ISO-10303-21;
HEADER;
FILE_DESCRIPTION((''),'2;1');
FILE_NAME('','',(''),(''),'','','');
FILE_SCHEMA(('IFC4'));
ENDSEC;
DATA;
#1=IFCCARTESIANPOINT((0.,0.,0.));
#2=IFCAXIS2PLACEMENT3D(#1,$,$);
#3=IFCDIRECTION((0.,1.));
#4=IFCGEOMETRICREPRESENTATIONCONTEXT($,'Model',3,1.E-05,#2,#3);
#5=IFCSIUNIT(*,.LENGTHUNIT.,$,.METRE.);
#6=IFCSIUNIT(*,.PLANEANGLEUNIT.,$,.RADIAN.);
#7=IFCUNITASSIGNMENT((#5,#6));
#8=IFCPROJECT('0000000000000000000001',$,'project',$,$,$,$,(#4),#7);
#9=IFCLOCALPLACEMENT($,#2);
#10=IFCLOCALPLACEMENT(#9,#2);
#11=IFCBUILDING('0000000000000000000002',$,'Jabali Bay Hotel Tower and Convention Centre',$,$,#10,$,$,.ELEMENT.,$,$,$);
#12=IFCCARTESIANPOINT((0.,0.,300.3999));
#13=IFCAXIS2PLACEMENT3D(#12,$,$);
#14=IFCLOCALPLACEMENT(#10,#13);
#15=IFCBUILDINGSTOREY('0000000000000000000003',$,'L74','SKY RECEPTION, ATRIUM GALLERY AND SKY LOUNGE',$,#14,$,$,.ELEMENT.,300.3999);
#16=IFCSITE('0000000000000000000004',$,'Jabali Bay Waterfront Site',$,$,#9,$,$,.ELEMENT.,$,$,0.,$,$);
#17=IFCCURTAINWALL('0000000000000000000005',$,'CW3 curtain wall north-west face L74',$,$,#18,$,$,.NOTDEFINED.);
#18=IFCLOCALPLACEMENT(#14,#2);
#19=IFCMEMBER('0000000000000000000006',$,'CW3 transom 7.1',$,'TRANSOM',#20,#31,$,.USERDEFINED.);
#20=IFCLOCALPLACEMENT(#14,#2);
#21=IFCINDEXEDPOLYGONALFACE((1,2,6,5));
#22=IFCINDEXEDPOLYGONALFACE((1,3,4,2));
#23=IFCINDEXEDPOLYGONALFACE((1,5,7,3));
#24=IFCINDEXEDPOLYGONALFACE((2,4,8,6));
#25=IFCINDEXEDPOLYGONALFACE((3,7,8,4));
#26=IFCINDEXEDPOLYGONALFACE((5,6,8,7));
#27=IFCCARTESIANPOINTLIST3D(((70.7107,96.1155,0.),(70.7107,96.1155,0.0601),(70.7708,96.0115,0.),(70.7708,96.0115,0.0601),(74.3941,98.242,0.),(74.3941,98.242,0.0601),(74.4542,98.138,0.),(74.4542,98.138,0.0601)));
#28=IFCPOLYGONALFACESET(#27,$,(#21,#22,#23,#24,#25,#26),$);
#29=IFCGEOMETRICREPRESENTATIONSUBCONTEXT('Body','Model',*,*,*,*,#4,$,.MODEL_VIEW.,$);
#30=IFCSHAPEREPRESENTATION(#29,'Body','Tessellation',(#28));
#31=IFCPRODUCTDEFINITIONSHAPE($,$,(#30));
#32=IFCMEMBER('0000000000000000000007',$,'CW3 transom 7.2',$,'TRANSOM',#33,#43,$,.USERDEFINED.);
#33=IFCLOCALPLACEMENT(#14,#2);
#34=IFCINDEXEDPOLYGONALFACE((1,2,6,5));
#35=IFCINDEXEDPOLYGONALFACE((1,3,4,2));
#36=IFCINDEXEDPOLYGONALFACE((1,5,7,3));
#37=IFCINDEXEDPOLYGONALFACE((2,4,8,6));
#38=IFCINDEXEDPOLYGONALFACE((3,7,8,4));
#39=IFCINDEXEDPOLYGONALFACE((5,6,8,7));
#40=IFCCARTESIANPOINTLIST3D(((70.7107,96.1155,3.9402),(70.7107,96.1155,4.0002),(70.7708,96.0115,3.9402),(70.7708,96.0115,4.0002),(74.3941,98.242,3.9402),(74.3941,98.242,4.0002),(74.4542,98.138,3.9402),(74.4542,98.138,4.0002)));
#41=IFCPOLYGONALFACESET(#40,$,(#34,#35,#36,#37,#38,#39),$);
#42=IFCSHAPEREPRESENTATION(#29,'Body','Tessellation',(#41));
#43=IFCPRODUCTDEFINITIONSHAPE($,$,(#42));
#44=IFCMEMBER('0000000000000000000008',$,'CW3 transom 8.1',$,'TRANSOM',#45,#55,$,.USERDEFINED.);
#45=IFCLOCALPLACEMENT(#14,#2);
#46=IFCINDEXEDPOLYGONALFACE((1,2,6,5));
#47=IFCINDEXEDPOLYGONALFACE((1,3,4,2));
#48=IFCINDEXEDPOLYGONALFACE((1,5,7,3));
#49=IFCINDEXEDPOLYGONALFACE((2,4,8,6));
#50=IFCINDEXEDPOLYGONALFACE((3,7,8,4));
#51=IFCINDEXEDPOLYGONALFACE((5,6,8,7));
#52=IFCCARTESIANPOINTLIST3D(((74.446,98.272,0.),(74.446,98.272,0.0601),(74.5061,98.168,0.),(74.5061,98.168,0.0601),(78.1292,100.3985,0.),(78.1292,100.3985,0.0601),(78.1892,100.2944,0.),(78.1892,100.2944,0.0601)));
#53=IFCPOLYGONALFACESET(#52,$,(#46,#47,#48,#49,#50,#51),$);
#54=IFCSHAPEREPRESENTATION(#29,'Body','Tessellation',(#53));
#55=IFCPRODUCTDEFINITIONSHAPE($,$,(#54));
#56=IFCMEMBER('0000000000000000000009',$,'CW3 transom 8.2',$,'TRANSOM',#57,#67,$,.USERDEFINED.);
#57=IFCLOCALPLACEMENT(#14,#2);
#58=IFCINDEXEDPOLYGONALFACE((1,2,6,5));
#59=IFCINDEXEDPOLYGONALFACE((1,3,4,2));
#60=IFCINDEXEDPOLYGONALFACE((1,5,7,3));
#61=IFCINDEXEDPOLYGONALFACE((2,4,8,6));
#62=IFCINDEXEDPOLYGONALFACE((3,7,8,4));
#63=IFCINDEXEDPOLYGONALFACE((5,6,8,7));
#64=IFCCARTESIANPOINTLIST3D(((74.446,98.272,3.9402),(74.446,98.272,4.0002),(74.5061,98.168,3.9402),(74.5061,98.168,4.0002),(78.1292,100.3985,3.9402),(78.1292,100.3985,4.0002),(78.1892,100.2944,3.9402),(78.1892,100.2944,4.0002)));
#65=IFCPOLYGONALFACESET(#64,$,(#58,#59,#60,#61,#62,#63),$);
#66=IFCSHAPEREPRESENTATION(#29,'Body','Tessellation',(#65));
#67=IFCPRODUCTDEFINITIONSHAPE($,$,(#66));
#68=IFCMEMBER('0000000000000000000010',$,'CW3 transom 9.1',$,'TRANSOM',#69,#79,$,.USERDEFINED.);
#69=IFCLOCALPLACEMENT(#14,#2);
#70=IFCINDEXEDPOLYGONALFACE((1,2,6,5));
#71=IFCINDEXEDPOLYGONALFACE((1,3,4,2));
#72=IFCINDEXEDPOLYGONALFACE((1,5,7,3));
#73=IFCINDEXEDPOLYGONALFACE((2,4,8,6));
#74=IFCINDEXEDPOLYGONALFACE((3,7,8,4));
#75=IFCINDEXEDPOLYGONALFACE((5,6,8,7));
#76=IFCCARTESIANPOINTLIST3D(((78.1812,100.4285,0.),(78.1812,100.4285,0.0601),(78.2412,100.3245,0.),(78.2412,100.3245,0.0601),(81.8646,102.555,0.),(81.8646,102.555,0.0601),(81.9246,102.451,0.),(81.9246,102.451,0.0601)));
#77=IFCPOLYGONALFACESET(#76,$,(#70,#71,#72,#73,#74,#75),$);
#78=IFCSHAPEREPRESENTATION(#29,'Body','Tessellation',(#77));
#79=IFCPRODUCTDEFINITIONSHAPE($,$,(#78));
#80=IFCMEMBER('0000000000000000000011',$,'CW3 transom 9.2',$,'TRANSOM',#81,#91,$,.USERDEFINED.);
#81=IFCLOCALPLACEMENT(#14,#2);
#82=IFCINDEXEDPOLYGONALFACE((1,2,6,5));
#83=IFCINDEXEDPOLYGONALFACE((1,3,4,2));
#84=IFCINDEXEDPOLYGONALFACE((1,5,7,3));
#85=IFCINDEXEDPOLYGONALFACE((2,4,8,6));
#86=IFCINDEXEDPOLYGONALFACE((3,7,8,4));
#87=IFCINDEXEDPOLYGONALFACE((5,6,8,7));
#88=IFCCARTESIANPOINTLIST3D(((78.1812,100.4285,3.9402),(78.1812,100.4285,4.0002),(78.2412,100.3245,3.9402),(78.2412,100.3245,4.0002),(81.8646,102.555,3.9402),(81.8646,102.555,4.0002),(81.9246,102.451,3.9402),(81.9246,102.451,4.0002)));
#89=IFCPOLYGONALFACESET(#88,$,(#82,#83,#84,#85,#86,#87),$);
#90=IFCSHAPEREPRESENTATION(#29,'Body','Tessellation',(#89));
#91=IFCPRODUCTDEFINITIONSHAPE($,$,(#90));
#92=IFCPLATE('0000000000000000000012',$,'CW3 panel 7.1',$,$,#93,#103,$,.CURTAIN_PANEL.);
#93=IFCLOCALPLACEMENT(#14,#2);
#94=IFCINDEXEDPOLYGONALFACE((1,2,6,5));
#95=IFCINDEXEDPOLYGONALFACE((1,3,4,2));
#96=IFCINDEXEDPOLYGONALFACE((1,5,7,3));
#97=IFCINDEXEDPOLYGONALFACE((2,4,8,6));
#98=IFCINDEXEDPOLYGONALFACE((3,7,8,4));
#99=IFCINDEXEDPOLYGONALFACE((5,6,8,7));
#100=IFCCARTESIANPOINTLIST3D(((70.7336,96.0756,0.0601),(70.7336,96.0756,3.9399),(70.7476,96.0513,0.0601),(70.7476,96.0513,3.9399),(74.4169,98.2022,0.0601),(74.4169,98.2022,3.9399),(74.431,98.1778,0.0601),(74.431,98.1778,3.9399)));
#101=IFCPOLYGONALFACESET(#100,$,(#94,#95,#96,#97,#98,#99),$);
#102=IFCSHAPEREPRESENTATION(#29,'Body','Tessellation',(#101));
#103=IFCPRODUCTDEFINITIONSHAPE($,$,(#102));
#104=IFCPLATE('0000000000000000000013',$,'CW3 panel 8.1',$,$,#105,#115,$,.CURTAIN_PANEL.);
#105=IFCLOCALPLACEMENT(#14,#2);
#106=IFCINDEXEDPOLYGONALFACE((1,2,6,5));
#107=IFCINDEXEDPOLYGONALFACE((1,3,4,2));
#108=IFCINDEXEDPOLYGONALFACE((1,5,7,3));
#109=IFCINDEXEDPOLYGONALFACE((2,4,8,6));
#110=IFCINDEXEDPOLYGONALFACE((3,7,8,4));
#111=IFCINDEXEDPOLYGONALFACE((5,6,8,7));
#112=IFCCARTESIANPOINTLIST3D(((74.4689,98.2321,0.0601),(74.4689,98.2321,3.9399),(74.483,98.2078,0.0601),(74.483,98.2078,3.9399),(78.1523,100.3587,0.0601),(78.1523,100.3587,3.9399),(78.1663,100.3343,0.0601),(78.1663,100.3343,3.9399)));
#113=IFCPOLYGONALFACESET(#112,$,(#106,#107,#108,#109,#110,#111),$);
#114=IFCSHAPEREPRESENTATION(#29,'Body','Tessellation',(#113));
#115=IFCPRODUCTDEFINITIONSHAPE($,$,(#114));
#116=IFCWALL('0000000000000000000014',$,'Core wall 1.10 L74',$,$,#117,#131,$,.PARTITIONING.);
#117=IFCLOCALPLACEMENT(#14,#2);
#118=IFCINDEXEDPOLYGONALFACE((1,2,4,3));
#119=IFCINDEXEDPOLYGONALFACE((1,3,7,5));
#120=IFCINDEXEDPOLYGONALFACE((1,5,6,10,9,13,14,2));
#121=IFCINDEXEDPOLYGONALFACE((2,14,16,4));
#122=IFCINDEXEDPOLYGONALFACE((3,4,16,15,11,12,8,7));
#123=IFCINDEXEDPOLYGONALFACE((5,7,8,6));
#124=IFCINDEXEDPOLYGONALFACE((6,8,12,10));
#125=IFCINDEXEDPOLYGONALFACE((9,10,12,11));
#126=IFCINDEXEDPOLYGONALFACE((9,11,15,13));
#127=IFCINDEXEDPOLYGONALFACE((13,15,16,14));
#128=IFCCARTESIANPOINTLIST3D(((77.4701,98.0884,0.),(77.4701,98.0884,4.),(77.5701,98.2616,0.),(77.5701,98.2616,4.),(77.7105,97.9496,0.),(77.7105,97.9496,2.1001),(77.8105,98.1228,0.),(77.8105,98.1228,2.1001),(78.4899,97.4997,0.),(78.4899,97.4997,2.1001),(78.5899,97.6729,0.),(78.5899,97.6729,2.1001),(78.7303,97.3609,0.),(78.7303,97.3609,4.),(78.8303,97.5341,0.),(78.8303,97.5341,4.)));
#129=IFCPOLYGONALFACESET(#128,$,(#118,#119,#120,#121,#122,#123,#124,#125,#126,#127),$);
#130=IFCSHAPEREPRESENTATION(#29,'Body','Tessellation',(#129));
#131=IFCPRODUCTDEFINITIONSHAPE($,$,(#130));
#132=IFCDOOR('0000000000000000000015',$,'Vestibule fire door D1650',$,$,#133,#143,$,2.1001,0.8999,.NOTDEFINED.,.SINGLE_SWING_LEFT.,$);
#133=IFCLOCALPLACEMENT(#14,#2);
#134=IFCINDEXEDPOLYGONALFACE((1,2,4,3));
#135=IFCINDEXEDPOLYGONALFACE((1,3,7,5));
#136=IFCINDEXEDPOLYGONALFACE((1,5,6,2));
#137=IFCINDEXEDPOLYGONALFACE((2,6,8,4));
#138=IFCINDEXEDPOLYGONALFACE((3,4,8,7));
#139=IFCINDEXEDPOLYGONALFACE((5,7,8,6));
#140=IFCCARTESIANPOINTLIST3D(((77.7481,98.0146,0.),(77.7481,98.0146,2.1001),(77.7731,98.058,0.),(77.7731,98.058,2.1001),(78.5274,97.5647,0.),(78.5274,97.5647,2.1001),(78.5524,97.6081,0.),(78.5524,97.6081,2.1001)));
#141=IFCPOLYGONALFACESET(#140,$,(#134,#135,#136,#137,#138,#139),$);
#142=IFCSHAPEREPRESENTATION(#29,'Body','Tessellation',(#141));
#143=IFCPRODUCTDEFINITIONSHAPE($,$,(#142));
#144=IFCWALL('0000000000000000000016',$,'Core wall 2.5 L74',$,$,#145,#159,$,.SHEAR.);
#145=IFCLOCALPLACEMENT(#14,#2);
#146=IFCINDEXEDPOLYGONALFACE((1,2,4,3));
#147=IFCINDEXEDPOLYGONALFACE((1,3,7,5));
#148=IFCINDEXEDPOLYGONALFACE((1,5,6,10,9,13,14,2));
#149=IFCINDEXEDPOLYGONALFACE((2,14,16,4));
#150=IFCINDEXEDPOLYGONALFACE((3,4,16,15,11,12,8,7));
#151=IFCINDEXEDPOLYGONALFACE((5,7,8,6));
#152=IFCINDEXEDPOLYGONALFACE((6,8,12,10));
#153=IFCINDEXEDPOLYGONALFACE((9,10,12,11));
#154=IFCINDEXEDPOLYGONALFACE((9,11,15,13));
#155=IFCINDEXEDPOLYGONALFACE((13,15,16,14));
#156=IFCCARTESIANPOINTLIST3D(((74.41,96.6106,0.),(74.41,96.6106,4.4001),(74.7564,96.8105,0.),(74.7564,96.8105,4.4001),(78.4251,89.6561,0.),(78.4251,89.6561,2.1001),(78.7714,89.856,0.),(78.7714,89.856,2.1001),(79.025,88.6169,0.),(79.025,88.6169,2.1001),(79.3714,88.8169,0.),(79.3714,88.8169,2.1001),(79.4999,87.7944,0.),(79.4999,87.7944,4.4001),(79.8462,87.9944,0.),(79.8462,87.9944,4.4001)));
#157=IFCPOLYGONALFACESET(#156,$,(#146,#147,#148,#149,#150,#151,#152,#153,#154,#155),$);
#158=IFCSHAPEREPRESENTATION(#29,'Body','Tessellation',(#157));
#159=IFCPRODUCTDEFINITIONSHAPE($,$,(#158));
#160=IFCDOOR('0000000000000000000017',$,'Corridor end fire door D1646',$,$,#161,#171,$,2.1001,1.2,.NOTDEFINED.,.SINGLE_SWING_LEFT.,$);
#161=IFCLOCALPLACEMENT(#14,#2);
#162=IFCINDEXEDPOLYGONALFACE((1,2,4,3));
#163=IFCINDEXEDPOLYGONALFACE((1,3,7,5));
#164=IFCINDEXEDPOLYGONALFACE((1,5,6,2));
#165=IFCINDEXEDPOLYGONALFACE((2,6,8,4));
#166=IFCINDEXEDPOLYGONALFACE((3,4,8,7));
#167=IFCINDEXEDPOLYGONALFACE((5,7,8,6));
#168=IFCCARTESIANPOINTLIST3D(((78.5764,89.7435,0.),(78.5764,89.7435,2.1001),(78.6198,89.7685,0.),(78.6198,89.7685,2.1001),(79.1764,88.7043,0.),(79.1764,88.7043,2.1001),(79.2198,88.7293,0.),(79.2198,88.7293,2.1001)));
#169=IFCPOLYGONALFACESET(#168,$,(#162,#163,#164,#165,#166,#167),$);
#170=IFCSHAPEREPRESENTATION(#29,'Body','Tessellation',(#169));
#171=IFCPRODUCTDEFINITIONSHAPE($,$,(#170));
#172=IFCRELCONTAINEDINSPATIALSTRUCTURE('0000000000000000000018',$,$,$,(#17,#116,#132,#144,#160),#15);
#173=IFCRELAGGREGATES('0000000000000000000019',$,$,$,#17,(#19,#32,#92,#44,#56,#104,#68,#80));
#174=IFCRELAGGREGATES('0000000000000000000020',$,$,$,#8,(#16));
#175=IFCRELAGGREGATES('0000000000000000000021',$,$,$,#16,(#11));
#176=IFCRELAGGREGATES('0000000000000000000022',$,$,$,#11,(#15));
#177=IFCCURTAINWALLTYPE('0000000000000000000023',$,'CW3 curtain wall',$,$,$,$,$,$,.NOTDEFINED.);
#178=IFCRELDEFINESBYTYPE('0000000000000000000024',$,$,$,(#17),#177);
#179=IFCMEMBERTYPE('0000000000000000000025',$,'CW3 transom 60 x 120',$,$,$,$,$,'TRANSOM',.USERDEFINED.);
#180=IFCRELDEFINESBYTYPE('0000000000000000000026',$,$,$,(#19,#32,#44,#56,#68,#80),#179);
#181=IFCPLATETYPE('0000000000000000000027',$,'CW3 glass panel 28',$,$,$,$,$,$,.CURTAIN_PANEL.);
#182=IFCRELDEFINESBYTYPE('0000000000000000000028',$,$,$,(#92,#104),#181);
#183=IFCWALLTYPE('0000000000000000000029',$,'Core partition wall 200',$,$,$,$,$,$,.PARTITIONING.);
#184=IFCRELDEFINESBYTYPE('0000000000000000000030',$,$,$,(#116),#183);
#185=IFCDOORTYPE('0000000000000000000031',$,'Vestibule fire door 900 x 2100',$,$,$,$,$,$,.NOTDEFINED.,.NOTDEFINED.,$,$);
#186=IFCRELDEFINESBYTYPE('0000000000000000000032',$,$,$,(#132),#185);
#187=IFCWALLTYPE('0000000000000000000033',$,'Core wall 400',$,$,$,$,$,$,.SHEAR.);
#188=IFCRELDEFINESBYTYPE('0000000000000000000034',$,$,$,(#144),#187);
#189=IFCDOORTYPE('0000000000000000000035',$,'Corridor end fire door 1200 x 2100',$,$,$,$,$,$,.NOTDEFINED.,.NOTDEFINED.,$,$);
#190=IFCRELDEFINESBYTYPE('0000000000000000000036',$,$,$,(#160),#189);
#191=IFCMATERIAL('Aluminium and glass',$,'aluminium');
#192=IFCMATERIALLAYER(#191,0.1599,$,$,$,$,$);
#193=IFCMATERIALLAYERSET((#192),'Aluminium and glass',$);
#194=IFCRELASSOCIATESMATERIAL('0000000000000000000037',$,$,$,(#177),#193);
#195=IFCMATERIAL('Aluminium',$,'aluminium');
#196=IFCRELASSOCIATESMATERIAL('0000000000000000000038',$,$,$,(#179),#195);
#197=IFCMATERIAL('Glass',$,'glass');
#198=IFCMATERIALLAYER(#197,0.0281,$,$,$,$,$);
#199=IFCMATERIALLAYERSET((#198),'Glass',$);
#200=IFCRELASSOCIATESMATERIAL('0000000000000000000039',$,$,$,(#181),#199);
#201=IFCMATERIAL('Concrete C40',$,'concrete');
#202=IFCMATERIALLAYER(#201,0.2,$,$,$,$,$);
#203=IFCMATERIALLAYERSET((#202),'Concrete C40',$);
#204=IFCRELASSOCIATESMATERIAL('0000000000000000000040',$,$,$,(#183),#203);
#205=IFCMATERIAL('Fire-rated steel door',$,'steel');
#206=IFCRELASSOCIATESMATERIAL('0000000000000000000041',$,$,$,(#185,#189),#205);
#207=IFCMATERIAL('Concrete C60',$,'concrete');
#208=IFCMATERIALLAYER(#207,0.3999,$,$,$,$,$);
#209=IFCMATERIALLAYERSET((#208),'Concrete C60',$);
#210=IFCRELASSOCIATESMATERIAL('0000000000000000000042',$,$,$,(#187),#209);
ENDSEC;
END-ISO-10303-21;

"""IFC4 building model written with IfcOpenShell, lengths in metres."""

from ifc_helpers import new_model, si_unit, direction, frame, frame_2d, origin, origin_2d, place, context, subcontext, project, spatial, rectangle, extrude, material, layer, layer_set, material_profile, profile_set, type_object, element, fill, aggregate, save


model = new_model("IFC4")

# Units and contexts
model_context = context("Model", 3, precision=1e-05, world=origin(), true_north=direction((0.0, 1.0)))
body_context = subcontext(model_context, "Body", "Model", "MODEL_VIEW")
ifc_project = project(units=[si_unit("LENGTHUNIT", "METRE"), si_unit("PLANEANGLEUNIT", "RADIAN")], contexts=[model_context])

# Site, building, storey
site_placement = place(None, origin())
site = spatial("IfcSite", under=ifc_project, at=site_placement, Name="Jabali Bay Waterfront Site", CompositionType="ELEMENT", RefElevation=0.0)
building_placement = place(site_placement, origin())
building = spatial("IfcBuilding", under=site, at=building_placement, Name="Jabali Bay Hotel Tower and Convention Centre", CompositionType="ELEMENT")
storey_placement = place(building_placement, frame((0.0, 0.0, 300.3999)))
storey = spatial("IfcBuildingStorey", under=building, at=storey_placement, Name="L74", Description="SKY RECEPTION, ATRIUM GALLERY AND SKY LOUNGE", CompositionType="ELEMENT", Elevation=300.3999)

# Shared definitions
ifc_material_1 = material(Name="Concrete C60", Category="concrete")

# Curtain wall, members, plates
ifc_material_2 = material(Name="Aluminium and glass", Category="aluminium")
ifc_layer_1 = layer(ifc_material_2, 0.1599)
ifc_layer_set_1 = layer_set([ifc_layer_1], Name="Aluminium and glass")
curtain_wall_type = type_object("IfcCurtainWallType", Name="CW3 curtain wall", PredefinedType="NOTDEFINED", material=ifc_layer_set_1)
curtain_wall_placement = place(storey_placement, origin())
curtain_wall = element("IfcCurtainWall", 1, at=curtain_wall_placement, inside=storey, type_object=curtain_wall_type, Name="CW3 curtain wall north-west face L74", PredefinedType="NOTDEFINED")
ifc_material_3 = material(Name="Aluminium", Category="aluminium")
ifc_material_profile_1 = material_profile(ifc_material_3, rectangle(XDim=0.1201, YDim=0.0601, at=origin_2d()), Name="CW3 transom 60 x 120")
ifc_profile_set_1 = profile_set([ifc_material_profile_1], Name="Aluminium")
member_type_1 = type_object("IfcMemberType", Name="CW3 transom 60 x 120", ElementType="TRANSOM", PredefinedType="USERDEFINED", material=ifc_profile_set_1)
member_1_placement = place(storey_placement, frame((70.7407, 96.0635, 0.03), z_axis=(0.866037, 0.499979, 0.0), x_axis=(-0.499979, 0.866037, 0.0)))
member_1 = element("IfcMember", 2, at=member_1_placement, type_object=member_type_1, Name="CW3 transom 7.1", ObjectType="TRANSOM", PredefinedType="USERDEFINED", context=body_context, shape_type="SweptSolid", body=[
    extrude(rectangle(XDim=0.1201, YDim=0.0601, at=origin_2d()), origin(), (0.0, 0.0, 1.0), 4.2532),
])
member_2_placement = place(storey_placement, frame((70.7407, 96.0635, 3.9702), z_axis=(0.866037, 0.499979, 0.0), x_axis=(-0.499979, 0.866037, 0.0)))
member_2 = element("IfcMember", 3, at=member_2_placement, type_object=member_type_1, Name="CW3 transom 7.2", ObjectType="TRANSOM", PredefinedType="USERDEFINED", context=body_context, shape_type="SweptSolid", body=[
    extrude(rectangle(XDim=0.1201, YDim=0.0601, at=origin_2d()), origin(), (0.0, 0.0, 1.0), 4.2532),
])
member_3_placement = place(storey_placement, frame((74.4761, 98.22, 0.03), z_axis=(0.866023, 0.500004, 0.0), x_axis=(-0.500004, 0.866023, 0.0)))
member_3 = element("IfcMember", 4, at=member_3_placement, type_object=member_type_1, Name="CW3 transom 8.1", ObjectType="TRANSOM", PredefinedType="USERDEFINED", context=body_context, shape_type="SweptSolid", body=[
    extrude(rectangle(XDim=0.1201, YDim=0.0601, at=origin_2d()), origin(), (0.0, 0.0, 1.0), 4.2529),
])
member_4_placement = place(storey_placement, frame((74.4761, 98.22, 3.9702), z_axis=(0.866023, 0.500004, 0.0), x_axis=(-0.500004, 0.866023, 0.0)))
member_4 = element("IfcMember", 5, at=member_4_placement, type_object=member_type_1, Name="CW3 transom 8.2", ObjectType="TRANSOM", PredefinedType="USERDEFINED", context=body_context, shape_type="SweptSolid", body=[
    extrude(rectangle(XDim=0.1201, YDim=0.0601, at=origin_2d()), origin(), (0.0, 0.0, 1.0), 4.2529),
])
member_5_placement = place(storey_placement, frame((78.2112, 100.3765, 0.03), z_axis=(0.866037, 0.499979, 0.0), x_axis=(-0.499979, 0.866037, 0.0)))
member_5 = element("IfcMember", 6, at=member_5_placement, type_object=member_type_1, Name="CW3 transom 9.1", ObjectType="TRANSOM", PredefinedType="USERDEFINED", context=body_context, shape_type="SweptSolid", body=[
    extrude(rectangle(XDim=0.1201, YDim=0.0601, at=origin_2d()), origin(), (0.0, 0.0, 1.0), 4.2532),
])
member_6_placement = place(storey_placement, frame((78.2112, 100.3765, 3.9702), z_axis=(0.866037, 0.499979, 0.0), x_axis=(-0.499979, 0.866037, 0.0)))
member_6 = element("IfcMember", 7, at=member_6_placement, type_object=member_type_1, Name="CW3 transom 9.2", ObjectType="TRANSOM", PredefinedType="USERDEFINED", context=body_context, shape_type="SweptSolid", body=[
    extrude(rectangle(XDim=0.1201, YDim=0.0601, at=origin_2d()), origin(), (0.0, 0.0, 1.0), 4.2532),
])
ifc_material_4 = material(Name="Glass", Category="glass")
ifc_layer_2 = layer(ifc_material_4, 0.0281)
ifc_layer_set_2 = layer_set([ifc_layer_2], Name="Glass")
plate_type = type_object("IfcPlateType", Name="CW3 glass panel 28", PredefinedType="CURTAIN_PANEL", material=ifc_layer_set_2)
plate_1_placement = place(storey_placement, frame((72.5823, 97.1267, 0.0601), z_axis=(0.0, 0.0, 1.0), x_axis=(0.866025, 0.5, 0.0)))
plate_1 = element("IfcPlate", 8, at=plate_1_placement, type_object=plate_type, Name="CW3 panel 7.1", PredefinedType="CURTAIN_PANEL", context=body_context, shape_type="SweptSolid", body=[
    extrude(rectangle(XDim=4.2532, YDim=0.0281, at=origin_2d()), origin(), (0.0, 0.0, 1.0), 3.8799),
])
plate_2_placement = place(storey_placement, frame((76.3176, 99.2832, 0.0601), z_axis=(0.0, 0.0, 1.0), x_axis=(0.866025, 0.5, 0.0)))
plate_2 = element("IfcPlate", 9, at=plate_2_placement, type_object=plate_type, Name="CW3 panel 8.1", PredefinedType="CURTAIN_PANEL", context=body_context, shape_type="SweptSolid", body=[
    extrude(rectangle(XDim=4.2532, YDim=0.0281, at=origin_2d()), origin(), (0.0, 0.0, 1.0), 3.8799),
])
aggregate(curtain_wall, [member_1, member_2, plate_1, member_3, member_4, plate_2, member_5, member_6])

# Walls, openings, doors
ifc_material_5 = material(Name="Concrete C40", Category="concrete")
ifc_layer_3 = layer(ifc_material_5, 0.2)
ifc_layer_set_3 = layer_set([ifc_layer_3], Name="Concrete C40")
wall_type_1 = type_object("IfcWallType", Name="Core partition wall 200", PredefinedType="PARTITIONING", material=ifc_layer_set_3)
wall_1_placement = place(storey_placement, frame((78.7803, 97.4475, 0.0), z_axis=(0.0, 0.0, 1.0), x_axis=(-0.866046, 0.499965, 0.0)))
wall_1 = element("IfcWall", 10, at=wall_1_placement, inside=storey, type_object=wall_type_1, Name="Core wall 1.10 L74", PredefinedType="PARTITIONING", context=body_context, shape_type="SweptSolid", body=[
    extrude(rectangle(XDim=1.4551, YDim=0.2, at=frame_2d((0.7275, 0.0))), origin(), (0.0, 0.0, 1.0), 4.0),
])
opening_1_placement = place(wall_1_placement, frame((0.2776, 0.0, 0.0)))
opening_1 = element("IfcOpeningElement", 11, at=opening_1_placement, cuts=wall_1, PredefinedType="OPENING", context=body_context, shape_type="SweptSolid", body=[
    extrude(rectangle(XDim=0.8999, YDim=2.1001, at=frame_2d((0.45, 1.05))), frame((0.0, 0.1104, 0.0), z_axis=(0.0, -1.0, 0.0), x_axis=(1.0, 0.0, 0.0)), (0.0, 0.0, 1.0), 0.2209),
])
ifc_material_6 = material(Name="Fire-rated steel door", Category="steel")
door_type_1 = type_object("IfcDoorType", Name="Vestibule fire door 900 x 2100", OperationType="NOTDEFINED", PredefinedType="NOTDEFINED", material=ifc_material_6)
door_1_placement = place(opening_1_placement, origin())
door_1 = element("IfcDoor", 12, at=door_1_placement, inside=storey, type_object=door_type_1, Name="Vestibule fire door D1650", OperationType="SINGLE_SWING_LEFT", OverallHeight=2.1001, OverallWidth=0.8999, PredefinedType="NOTDEFINED", context=body_context, shape_type="SweptSolid", body=[
    extrude(rectangle(XDim=0.8999, YDim=2.1001, at=frame_2d((0.45, 1.05))), frame((0.0, 0.0249, 0.0), z_axis=(0.0, -1.0, 0.0), x_axis=(1.0, 0.0, 0.0)), (0.0, 0.0, 1.0), 0.05),
])
fill(opening_1, door_1)
ifc_layer_4 = layer(ifc_material_1, 0.3999)
ifc_layer_set_4 = layer_set([ifc_layer_4], Name="Concrete C60")
wall_type_2 = type_object("IfcWallType", Name="Core wall 400", PredefinedType="SHEAR", material=ifc_layer_set_4)
wall_2_placement = place(storey_placement, frame((74.5833, 96.7104, 0.0), z_axis=(0.0, 0.0, 1.0), x_axis=(0.499987, -0.866033, 0.0)))
wall_2 = element("IfcWall", 13, at=wall_2_placement, inside=storey, type_object=wall_type_2, Name="Core wall 2.5 L74", PredefinedType="SHEAR", context=body_context, shape_type="SweptSolid", body=[
    extrude(rectangle(XDim=10.1799, YDim=0.3999, at=frame_2d((5.0898, 0.0))), origin(), (0.0, 0.0, 1.0), 4.4001),
])
opening_2_placement = place(wall_2_placement, frame((8.03, 0.0, 0.0)))
opening_2 = element("IfcOpeningElement", 14, at=opening_2_placement, cuts=wall_2, PredefinedType="OPENING", context=body_context, shape_type="SweptSolid", body=[
    extrude(rectangle(XDim=1.2, YDim=2.1001, at=frame_2d((0.6001, 1.05))), frame((0.0, 0.2104, 0.0), z_axis=(0.0, -1.0, 0.0), x_axis=(1.0, 0.0, 0.0)), (0.0, 0.0, 1.0), 0.4209),
])
door_type_2 = type_object("IfcDoorType", Name="Corridor end fire door 1200 x 2100", OperationType="NOTDEFINED", PredefinedType="NOTDEFINED", material=ifc_material_6)
door_2_placement = place(opening_2_placement, origin())
door_2 = element("IfcDoor", 15, at=door_2_placement, inside=storey, type_object=door_type_2, Name="Corridor end fire door D1646", OperationType="SINGLE_SWING_LEFT", OverallHeight=2.1001, OverallWidth=1.2, PredefinedType="NOTDEFINED", context=body_context, shape_type="SweptSolid", body=[
    extrude(rectangle(XDim=1.2, YDim=2.1001, at=frame_2d((0.6001, 1.05))), frame((0.0, 0.0249, 0.0), z_axis=(0.0, -1.0, 0.0), x_axis=(1.0, 0.0, 0.0)), (0.0, 0.0, 1.0), 0.05),
])
fill(opening_2, door_2)

save(model, "model.ifc")
